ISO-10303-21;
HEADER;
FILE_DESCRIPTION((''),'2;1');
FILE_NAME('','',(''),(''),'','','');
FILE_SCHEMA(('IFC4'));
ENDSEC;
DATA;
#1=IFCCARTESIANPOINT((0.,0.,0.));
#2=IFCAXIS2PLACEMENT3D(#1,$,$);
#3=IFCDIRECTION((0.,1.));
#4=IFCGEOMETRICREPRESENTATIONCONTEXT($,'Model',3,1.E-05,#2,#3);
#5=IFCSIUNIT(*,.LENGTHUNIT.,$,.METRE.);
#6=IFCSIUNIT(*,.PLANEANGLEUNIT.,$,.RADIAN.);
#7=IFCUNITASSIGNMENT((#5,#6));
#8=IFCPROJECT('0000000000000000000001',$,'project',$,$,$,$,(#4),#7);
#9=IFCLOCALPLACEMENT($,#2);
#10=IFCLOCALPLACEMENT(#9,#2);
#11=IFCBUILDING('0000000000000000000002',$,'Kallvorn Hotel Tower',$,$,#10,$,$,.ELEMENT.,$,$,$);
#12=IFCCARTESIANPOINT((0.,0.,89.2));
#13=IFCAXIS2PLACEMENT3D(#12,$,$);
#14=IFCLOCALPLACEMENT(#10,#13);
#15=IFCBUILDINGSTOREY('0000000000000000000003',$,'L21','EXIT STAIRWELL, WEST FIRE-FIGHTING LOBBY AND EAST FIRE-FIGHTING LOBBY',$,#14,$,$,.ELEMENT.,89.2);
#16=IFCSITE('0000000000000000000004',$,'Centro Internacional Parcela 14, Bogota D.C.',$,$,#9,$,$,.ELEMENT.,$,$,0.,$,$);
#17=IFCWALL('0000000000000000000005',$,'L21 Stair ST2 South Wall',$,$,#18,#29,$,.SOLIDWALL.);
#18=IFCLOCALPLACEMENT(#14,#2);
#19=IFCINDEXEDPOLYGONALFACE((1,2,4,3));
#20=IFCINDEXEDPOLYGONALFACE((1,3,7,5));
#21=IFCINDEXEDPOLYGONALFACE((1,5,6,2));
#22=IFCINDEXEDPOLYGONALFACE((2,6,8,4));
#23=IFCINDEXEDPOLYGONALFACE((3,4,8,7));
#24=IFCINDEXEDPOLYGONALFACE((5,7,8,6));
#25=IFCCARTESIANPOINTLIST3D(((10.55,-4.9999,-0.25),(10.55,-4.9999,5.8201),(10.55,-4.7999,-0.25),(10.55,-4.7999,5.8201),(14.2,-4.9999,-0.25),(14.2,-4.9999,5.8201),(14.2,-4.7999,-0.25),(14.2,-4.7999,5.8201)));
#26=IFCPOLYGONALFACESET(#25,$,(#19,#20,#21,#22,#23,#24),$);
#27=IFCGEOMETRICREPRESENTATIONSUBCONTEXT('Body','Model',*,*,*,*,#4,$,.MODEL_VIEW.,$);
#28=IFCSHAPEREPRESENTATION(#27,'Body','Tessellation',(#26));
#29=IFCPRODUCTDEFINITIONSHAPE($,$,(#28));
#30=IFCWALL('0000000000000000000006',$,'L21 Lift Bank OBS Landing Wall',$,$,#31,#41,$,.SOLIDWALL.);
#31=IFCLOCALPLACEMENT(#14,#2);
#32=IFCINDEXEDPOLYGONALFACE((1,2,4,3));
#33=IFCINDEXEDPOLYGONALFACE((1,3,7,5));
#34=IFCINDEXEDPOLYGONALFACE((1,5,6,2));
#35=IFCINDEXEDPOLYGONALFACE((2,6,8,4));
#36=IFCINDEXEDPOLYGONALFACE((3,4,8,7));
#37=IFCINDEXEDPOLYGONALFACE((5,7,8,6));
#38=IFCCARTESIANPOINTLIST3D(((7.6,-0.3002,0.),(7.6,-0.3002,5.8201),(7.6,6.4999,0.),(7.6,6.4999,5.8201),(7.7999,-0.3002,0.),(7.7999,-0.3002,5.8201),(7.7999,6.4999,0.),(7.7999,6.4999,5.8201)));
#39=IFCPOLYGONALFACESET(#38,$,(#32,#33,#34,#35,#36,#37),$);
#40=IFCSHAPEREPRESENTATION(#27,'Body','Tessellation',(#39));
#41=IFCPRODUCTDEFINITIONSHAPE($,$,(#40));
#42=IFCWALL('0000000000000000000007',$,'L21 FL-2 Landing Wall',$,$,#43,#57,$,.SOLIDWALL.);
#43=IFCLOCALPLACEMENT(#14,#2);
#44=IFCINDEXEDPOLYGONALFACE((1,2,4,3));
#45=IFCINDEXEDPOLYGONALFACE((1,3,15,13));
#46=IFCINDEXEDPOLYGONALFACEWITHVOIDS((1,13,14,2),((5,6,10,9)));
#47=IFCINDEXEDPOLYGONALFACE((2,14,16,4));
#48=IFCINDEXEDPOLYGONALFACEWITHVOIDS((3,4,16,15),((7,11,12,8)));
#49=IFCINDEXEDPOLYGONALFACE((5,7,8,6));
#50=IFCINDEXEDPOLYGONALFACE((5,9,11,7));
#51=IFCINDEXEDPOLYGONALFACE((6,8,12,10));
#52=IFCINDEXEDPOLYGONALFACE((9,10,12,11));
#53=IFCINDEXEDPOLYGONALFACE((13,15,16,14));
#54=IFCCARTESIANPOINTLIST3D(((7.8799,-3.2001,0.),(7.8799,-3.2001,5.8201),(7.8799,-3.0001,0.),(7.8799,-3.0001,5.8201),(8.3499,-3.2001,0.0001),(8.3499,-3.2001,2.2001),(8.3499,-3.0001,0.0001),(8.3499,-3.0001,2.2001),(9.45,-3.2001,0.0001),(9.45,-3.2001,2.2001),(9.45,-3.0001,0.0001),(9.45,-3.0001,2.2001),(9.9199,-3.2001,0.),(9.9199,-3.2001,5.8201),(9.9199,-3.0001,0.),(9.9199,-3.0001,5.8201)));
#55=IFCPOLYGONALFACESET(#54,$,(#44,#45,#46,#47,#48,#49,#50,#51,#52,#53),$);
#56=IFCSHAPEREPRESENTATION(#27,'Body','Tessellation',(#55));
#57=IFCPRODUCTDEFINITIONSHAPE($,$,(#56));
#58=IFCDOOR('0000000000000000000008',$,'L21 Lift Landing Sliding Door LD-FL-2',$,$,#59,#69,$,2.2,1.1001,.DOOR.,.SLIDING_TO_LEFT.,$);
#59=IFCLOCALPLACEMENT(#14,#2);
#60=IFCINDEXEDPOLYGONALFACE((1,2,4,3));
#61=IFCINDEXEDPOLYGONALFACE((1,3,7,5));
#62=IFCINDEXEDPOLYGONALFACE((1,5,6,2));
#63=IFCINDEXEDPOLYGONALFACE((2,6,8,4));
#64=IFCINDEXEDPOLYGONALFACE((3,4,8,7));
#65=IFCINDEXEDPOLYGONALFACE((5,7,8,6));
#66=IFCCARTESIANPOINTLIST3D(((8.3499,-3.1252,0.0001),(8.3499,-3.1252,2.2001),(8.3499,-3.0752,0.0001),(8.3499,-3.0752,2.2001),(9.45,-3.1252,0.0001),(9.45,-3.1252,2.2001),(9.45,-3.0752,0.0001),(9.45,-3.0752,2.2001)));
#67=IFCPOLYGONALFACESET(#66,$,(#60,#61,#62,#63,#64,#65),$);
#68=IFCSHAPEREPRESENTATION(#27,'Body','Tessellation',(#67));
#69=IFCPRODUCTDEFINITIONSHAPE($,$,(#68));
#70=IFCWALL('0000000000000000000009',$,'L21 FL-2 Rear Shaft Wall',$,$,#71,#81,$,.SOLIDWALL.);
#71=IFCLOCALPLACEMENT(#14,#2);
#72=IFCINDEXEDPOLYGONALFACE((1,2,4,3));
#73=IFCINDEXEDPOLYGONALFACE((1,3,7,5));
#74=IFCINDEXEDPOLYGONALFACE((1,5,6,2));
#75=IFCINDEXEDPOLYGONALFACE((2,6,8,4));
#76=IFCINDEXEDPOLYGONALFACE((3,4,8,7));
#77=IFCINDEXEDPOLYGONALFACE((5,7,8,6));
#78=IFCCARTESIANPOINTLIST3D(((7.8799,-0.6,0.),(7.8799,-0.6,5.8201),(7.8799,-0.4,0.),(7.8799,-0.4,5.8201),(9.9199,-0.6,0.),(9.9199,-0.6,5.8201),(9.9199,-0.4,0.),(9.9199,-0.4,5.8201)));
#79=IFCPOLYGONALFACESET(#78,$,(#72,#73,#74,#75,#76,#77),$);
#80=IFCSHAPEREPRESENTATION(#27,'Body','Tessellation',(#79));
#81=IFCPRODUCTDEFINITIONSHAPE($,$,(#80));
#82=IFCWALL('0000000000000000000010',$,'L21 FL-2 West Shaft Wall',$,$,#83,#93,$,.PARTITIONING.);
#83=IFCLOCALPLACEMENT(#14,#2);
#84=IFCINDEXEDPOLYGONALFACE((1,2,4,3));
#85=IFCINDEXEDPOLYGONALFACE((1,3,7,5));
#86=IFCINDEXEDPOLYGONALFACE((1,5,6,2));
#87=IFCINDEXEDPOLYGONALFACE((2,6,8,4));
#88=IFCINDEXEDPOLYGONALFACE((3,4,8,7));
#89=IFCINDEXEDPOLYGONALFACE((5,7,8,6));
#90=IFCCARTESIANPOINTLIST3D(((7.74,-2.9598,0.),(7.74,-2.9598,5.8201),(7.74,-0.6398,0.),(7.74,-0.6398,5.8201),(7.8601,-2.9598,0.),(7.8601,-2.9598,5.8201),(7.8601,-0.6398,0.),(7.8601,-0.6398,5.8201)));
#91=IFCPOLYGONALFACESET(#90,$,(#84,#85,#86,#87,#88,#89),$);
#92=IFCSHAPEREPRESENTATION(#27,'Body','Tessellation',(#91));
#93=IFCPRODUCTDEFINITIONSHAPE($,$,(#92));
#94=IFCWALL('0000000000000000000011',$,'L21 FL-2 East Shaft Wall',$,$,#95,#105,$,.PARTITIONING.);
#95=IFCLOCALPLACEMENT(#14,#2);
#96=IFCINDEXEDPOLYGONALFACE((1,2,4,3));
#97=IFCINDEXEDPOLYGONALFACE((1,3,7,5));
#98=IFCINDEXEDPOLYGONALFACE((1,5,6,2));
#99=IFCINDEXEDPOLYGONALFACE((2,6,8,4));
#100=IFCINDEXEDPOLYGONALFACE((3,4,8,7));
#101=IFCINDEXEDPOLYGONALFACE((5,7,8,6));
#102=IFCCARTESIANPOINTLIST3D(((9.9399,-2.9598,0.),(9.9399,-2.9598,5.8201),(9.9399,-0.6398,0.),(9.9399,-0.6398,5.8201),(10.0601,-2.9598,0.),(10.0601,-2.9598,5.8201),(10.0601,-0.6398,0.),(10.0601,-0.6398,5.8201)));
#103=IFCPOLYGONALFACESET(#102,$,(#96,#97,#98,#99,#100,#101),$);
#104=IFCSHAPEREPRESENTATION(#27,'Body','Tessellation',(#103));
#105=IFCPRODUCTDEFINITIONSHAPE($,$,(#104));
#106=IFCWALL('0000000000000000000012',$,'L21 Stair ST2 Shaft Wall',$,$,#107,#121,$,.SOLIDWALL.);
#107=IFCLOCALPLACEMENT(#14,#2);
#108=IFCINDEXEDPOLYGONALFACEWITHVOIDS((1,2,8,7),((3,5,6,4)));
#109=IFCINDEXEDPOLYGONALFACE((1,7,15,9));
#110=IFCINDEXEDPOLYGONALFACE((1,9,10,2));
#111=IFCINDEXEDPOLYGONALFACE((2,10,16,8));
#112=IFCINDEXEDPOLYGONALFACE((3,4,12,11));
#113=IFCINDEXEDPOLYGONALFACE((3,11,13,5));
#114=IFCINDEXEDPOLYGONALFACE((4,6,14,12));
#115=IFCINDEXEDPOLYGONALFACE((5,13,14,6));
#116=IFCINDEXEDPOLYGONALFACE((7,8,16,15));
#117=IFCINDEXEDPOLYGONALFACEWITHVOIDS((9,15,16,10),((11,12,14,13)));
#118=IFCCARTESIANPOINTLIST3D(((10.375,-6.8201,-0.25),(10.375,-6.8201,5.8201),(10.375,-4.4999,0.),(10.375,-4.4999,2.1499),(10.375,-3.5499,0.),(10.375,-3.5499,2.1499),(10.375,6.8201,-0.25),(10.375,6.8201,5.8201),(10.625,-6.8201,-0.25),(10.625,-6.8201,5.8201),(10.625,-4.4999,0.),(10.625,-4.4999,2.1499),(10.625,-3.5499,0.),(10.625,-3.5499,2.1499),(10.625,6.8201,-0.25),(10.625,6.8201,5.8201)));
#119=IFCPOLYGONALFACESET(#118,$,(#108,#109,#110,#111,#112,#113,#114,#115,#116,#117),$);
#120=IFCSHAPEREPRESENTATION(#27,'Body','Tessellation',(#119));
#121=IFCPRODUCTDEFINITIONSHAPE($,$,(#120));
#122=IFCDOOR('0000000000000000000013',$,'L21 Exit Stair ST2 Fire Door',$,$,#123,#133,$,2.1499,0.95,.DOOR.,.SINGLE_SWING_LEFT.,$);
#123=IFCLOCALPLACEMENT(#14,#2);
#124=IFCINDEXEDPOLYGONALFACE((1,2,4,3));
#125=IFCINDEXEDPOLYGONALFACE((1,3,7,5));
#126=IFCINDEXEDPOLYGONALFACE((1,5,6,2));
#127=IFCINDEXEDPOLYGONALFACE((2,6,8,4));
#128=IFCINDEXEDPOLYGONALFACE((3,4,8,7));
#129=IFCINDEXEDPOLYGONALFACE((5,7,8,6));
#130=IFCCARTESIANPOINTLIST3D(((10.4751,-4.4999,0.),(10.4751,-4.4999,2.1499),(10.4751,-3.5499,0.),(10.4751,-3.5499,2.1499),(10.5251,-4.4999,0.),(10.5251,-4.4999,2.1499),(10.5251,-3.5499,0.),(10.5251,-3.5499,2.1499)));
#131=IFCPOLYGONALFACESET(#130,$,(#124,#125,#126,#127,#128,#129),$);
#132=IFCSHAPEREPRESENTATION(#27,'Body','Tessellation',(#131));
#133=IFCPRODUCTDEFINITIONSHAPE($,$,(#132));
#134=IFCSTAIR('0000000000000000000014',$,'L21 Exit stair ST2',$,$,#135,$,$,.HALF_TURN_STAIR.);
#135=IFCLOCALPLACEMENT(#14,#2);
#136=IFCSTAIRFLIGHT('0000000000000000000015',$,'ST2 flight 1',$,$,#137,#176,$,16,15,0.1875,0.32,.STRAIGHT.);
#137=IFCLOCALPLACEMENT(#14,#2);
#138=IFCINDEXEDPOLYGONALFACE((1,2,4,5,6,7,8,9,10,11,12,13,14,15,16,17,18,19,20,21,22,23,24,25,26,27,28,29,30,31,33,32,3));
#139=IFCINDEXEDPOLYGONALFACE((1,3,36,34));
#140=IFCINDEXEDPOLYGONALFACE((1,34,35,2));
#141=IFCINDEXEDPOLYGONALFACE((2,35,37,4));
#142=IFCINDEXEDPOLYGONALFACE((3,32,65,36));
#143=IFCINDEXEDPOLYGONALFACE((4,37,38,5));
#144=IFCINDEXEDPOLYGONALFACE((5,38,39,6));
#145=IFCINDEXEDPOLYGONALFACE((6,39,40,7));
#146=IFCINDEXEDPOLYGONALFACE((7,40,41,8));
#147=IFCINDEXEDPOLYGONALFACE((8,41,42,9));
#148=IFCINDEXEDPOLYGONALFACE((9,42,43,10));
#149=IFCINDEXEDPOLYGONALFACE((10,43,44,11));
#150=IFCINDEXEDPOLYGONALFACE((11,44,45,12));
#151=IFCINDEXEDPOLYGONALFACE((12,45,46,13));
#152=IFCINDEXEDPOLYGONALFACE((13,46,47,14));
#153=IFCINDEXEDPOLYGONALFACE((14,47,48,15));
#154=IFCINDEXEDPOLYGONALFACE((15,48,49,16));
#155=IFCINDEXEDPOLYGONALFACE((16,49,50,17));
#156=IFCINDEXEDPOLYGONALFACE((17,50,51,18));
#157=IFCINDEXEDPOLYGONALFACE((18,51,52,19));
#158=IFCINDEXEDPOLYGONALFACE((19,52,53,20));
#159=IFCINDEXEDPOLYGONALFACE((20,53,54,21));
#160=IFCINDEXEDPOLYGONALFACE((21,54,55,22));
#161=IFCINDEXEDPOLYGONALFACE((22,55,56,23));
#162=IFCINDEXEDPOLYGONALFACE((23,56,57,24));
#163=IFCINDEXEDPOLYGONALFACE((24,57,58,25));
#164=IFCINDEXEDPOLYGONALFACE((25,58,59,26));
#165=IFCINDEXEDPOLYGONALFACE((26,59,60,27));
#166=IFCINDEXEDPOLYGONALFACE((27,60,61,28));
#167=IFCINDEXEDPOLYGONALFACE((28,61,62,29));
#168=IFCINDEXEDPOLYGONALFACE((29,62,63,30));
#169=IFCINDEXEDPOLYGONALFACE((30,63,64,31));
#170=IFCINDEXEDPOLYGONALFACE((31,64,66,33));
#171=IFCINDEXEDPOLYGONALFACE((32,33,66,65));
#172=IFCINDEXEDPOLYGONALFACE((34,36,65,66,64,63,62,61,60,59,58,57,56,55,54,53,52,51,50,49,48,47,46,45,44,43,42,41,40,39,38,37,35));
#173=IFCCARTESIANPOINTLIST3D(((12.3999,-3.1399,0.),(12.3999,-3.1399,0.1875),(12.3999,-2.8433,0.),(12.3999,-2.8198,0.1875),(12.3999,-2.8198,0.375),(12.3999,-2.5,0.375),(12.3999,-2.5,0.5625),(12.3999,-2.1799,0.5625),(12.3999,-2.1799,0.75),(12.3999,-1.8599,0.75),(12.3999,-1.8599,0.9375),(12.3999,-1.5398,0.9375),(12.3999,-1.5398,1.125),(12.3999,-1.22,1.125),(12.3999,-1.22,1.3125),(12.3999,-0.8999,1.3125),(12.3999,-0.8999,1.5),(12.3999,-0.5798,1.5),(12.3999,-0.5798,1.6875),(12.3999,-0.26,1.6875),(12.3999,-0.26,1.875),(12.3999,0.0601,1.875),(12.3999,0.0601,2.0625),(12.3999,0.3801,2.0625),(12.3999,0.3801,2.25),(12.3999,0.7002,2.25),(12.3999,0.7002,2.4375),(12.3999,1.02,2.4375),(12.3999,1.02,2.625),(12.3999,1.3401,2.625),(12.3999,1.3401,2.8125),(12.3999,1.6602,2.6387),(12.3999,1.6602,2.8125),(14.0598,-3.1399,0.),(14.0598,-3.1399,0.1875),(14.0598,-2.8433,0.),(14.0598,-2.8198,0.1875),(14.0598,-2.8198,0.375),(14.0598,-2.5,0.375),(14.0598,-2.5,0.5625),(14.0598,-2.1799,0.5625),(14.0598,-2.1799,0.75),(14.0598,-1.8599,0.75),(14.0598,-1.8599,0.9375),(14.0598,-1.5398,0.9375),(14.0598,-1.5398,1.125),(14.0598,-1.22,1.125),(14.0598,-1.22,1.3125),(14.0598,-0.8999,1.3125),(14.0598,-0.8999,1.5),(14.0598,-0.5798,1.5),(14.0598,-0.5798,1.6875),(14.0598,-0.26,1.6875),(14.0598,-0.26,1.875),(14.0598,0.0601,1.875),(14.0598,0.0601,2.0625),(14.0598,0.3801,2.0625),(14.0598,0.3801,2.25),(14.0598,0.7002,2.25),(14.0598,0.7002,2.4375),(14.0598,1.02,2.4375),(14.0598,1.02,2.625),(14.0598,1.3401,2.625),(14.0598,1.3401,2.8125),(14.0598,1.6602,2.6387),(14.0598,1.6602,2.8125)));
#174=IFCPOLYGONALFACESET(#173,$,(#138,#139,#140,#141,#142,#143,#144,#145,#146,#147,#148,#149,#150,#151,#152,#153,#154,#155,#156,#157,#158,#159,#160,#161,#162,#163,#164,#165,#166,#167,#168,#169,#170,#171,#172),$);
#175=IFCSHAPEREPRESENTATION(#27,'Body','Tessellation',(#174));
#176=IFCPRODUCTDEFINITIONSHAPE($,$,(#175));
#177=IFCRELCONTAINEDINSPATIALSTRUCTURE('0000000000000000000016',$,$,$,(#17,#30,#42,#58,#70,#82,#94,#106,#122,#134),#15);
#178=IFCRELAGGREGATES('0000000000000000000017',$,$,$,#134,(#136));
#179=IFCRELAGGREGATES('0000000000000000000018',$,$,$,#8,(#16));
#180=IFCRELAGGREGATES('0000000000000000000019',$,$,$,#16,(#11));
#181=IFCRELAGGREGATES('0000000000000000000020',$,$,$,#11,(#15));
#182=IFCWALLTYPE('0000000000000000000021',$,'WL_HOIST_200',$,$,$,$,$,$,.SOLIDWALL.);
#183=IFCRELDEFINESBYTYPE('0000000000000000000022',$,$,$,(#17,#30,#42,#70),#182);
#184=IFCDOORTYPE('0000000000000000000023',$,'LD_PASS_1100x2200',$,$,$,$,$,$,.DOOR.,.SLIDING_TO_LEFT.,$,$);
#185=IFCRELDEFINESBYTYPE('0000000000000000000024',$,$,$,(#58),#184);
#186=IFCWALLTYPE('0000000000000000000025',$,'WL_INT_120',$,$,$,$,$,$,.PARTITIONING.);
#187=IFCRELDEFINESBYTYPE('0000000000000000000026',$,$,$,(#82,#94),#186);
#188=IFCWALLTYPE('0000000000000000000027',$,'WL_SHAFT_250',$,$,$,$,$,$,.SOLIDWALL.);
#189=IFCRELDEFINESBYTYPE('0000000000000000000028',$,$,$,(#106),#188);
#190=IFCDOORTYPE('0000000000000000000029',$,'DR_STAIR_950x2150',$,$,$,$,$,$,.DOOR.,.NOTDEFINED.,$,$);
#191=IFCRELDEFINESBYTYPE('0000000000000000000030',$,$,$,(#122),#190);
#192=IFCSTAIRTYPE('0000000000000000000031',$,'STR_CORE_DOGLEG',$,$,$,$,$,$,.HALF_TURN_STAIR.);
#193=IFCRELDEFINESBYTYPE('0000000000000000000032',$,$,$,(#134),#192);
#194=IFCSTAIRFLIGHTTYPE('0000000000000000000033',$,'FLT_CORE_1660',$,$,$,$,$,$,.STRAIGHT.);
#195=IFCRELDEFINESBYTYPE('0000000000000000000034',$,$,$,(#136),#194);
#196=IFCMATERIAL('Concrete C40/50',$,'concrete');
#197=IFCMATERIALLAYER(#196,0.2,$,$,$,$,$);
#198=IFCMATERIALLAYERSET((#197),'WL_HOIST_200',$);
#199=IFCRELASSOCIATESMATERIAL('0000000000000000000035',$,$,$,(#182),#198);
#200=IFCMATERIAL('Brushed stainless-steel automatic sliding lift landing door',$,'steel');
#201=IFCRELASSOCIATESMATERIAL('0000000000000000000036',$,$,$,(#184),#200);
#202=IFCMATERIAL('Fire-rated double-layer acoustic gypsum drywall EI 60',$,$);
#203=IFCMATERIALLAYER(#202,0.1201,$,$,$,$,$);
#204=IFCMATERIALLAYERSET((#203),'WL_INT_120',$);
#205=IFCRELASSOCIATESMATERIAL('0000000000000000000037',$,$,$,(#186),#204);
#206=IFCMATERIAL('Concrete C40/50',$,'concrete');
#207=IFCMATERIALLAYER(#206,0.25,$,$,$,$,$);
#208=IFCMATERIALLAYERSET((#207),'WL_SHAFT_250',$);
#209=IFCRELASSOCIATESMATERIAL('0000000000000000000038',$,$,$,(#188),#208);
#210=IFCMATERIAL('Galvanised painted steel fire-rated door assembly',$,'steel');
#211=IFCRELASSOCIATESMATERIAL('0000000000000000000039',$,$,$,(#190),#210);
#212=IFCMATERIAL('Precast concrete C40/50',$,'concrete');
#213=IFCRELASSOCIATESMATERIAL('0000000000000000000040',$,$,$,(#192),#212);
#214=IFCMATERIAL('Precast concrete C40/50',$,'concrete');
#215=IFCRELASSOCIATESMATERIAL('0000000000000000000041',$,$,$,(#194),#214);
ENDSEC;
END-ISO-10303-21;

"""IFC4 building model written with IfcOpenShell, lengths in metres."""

from ifc_helpers import new_model, si_unit, direction, frame, frame_2d, origin, place, context, subcontext, project, spatial, polyline, rectangle, outline, extrude, material, layer, layer_set, type_object, element, fill, aggregate, save


model = new_model("IFC4")

# Units and contexts
model_context = context("Model", 3, precision=1e-05, world=origin(), true_north=direction((0.0, 1.0)))
body_context = subcontext(model_context, "Body", "Model", "MODEL_VIEW")
ifc_project = project(units=[si_unit("LENGTHUNIT", "METRE"), si_unit("PLANEANGLEUNIT", "RADIAN")], contexts=[model_context])

# Site, building, storey
site_placement = place(None, origin())
site = spatial("IfcSite", under=ifc_project, at=site_placement, Name="Centro Internacional Parcela 14, Bogota D.C.", CompositionType="ELEMENT", RefElevation=0.0)
building_placement = place(site_placement, origin())
building = spatial("IfcBuilding", under=site, at=building_placement, Name="Kallvorn Hotel Tower", CompositionType="ELEMENT")
storey_placement = place(building_placement, frame((0.0, 0.0, 89.2)))
storey = spatial("IfcBuildingStorey", under=building, at=storey_placement, Name="L21", Description="EXIT STAIRWELL, WEST FIRE-FIGHTING LOBBY AND EAST FIRE-FIGHTING LOBBY", CompositionType="ELEMENT", Elevation=89.2)

# Walls
ifc_material_1 = material(Name="Concrete C40/50", Category="concrete")
ifc_layer_1 = layer(ifc_material_1, 0.2)
ifc_layer_set_1 = layer_set([ifc_layer_1], Name="WL_HOIST_200")
wall_type_1 = type_object("IfcWallType", Name="WL_HOIST_200", PredefinedType="SOLIDWALL", material=ifc_layer_set_1)
wall_1_placement = place(storey_placement, frame((10.55, -4.8999, -0.25), z_axis=(0.0, 0.0, 1.0), x_axis=(1.0, 0.0, 0.0)))
element("IfcWall", 1, at=wall_1_placement, inside=storey, type_object=wall_type_1, Name="L21 Stair ST2 South Wall", PredefinedType="SOLIDWALL", context=body_context, shape_type="SweptSolid", body=[
    extrude(rectangle(XDim=3.6499, YDim=0.2, at=frame_2d((1.825, 0.0))), origin(), (0.0, 0.0, 1.0), 6.0701),
])
wall_2_placement = place(storey_placement, frame((7.7, -0.3, 0.0), z_axis=(0.0, 0.0, 1.0), x_axis=(0.0, 1.0, 0.0)))
element("IfcWall", 2, at=wall_2_placement, inside=storey, type_object=wall_type_1, Name="L21 Lift Bank OBS Landing Wall", PredefinedType="SOLIDWALL", context=body_context, shape_type="SweptSolid", body=[
    extrude(rectangle(XDim=6.8, YDim=0.2, at=frame_2d((3.3999, 0.0))), origin(), (0.0, 0.0, 1.0), 5.8201),
])

# Wall, opening, door
wall_3_placement = place(storey_placement, frame((7.8799, -3.1001, 0.0), z_axis=(0.0, 0.0, 1.0), x_axis=(1.0, 0.0, 0.0)))
wall_3 = element("IfcWall", 3, at=wall_3_placement, inside=storey, type_object=wall_type_1, Name="L21 FL-2 Landing Wall", PredefinedType="SOLIDWALL", context=body_context, shape_type="SweptSolid", body=[
    extrude(rectangle(XDim=2.04, YDim=0.2, at=frame_2d((1.02, 0.0))), origin(), (0.0, 0.0, 1.0), 5.8201),
])
opening_1_placement = place(wall_3_placement, frame((0.47, 0.0, 0.0)))
opening_1 = element("IfcOpeningElement", 4, at=opening_1_placement, cuts=wall_3, PredefinedType="OPENING", context=body_context, shape_type="SweptSolid", body=[
    extrude(rectangle(XDim=1.1001, YDim=2.2, at=frame_2d((0.55, 1.1001))), frame((0.0, 0.115, 0.0), z_axis=(0.0, -1.0, 0.0), x_axis=(1.0, 0.0, 0.0)), (0.0, 0.0, 1.0), 0.23),
])
ifc_material_2 = material(Name="Brushed stainless-steel automatic sliding lift landing door", Category="steel")
door_type_1 = type_object("IfcDoorType", Name="LD_PASS_1100x2200", OperationType="SLIDING_TO_LEFT", PredefinedType="DOOR", material=ifc_material_2)
door_1_placement = place(opening_1_placement, origin())
door_1 = element("IfcDoor", 5, at=door_1_placement, inside=storey, type_object=door_type_1, Name="L21 Lift Landing Sliding Door LD-FL-2", OperationType="SLIDING_TO_LEFT", OverallHeight=2.2, OverallWidth=1.1001, PredefinedType="DOOR", context=body_context, shape_type="SweptSolid", body=[
    extrude(rectangle(XDim=1.1001, YDim=2.2, at=frame_2d((0.55, 1.1001))), frame((0.0, 0.0249, 0.0), z_axis=(0.0, -1.0, 0.0), x_axis=(1.0, 0.0, 0.0)), (0.0, 0.0, 1.0), 0.05),
])
fill(opening_1, door_1)

# Walls
wall_4_placement = place(storey_placement, frame((7.8799, -0.5, 0.0), z_axis=(0.0, 0.0, 1.0), x_axis=(1.0, 0.0, 0.0)))
element("IfcWall", 6, at=wall_4_placement, inside=storey, type_object=wall_type_1, Name="L21 FL-2 Rear Shaft Wall", PredefinedType="SOLIDWALL", context=body_context, shape_type="SweptSolid", body=[
    extrude(rectangle(XDim=2.04, YDim=0.2, at=frame_2d((1.02, 0.0))), origin(), (0.0, 0.0, 1.0), 5.8201),
])
ifc_material_3 = material(Name="Fire-rated double-layer acoustic gypsum drywall EI 60")
ifc_layer_2 = layer(ifc_material_3, 0.1201)
ifc_layer_set_2 = layer_set([ifc_layer_2], Name="WL_INT_120")
wall_type_2 = type_object("IfcWallType", Name="WL_INT_120", PredefinedType="PARTITIONING", material=ifc_layer_set_2)
for number, where, z_axis, x_axis, name in (
    (7, (7.8, -2.96, 0.0), (0.0, 0.0, 1.0), (0.0, 1.0, 0.0), "L21 FL-2 West Shaft Wall"),
    (8, (10.0, -2.96, 0.0), (0.0, 0.0, 1.0), (0.0, 1.0, 0.0), "L21 FL-2 East Shaft Wall"),
):
    element("IfcWall", number, at=place(storey_placement, frame(where, z_axis=z_axis, x_axis=x_axis)), inside=storey, type_object=wall_type_2, Name=name, PredefinedType="PARTITIONING", context=body_context, shape_type="SweptSolid", body=[
        extrude(rectangle(XDim=2.3201, YDim=0.1201, at=frame_2d((1.1602, 0.0))), origin(), (0.0, 0.0, 1.0), 5.8201),
    ])

# Wall, opening, door
ifc_material_4 = material(Name="Concrete C40/50", Category="concrete")
ifc_layer_3 = layer(ifc_material_4, 0.25)
ifc_layer_set_3 = layer_set([ifc_layer_3], Name="WL_SHAFT_250")
wall_type_3 = type_object("IfcWallType", Name="WL_SHAFT_250", PredefinedType="SOLIDWALL", material=ifc_layer_set_3)
wall_5_placement = place(storey_placement, frame((10.5, -6.8201, -0.25), z_axis=(0.0, 0.0, 1.0), x_axis=(0.0, 1.0, 0.0)))
wall_5 = element("IfcWall", 9, at=wall_5_placement, inside=storey, type_object=wall_type_3, Name="L21 Stair ST2 Shaft Wall", PredefinedType="SOLIDWALL", context=body_context, shape_type="SweptSolid", body=[
    extrude(rectangle(XDim=13.6401, YDim=0.25, at=frame_2d((6.8201, 0.0))), origin(), (0.0, 0.0, 1.0), 6.0701),
])
opening_2_placement = place(wall_5_placement, frame((2.3201, 0.0, 0.25)))
opening_2 = element("IfcOpeningElement", 10, at=opening_2_placement, cuts=wall_5, PredefinedType="OPENING", context=body_context, shape_type="SweptSolid", body=[
    extrude(rectangle(XDim=0.95, YDim=2.1499, at=frame_2d((0.4751, 1.075))), frame((0.0, 0.1399, 0.0), z_axis=(0.0, -1.0, 0.0), x_axis=(1.0, 0.0, 0.0)), (0.0, 0.0, 1.0), 0.28),
])
ifc_material_5 = material(Name="Galvanised painted steel fire-rated door assembly", Category="steel")
door_type_2 = type_object("IfcDoorType", Name="DR_STAIR_950x2150", OperationType="NOTDEFINED", PredefinedType="DOOR", material=ifc_material_5)
door_2_placement = place(opening_2_placement, origin())
door_2 = element("IfcDoor", 11, at=door_2_placement, inside=storey, type_object=door_type_2, Name="L21 Exit Stair ST2 Fire Door", OperationType="SINGLE_SWING_LEFT", OverallHeight=2.1499, OverallWidth=0.95, PredefinedType="DOOR", context=body_context, shape_type="SweptSolid", body=[
    extrude(rectangle(XDim=0.95, YDim=2.1499, at=frame_2d((0.4751, 1.075))), frame((0.0, 0.0249, 0.0), z_axis=(0.0, -1.0, 0.0), x_axis=(1.0, 0.0, 0.0)), (0.0, 0.0, 1.0), 0.05),
])
fill(opening_2, door_2)

# Stair, stair flight
ifc_material_6 = material(Name="Precast concrete C40/50", Category="concrete")
stair_type = type_object("IfcStairType", Name="STR_CORE_DOGLEG", PredefinedType="HALF_TURN_STAIR", material=ifc_material_6)
stair_placement = place(storey_placement, origin())
stair = element("IfcStair", 12, at=stair_placement, inside=storey, type_object=stair_type, Name="L21 Exit stair ST2", PredefinedType="HALF_TURN_STAIR")
ifc_material_7 = material(Name="Precast concrete C40/50", Category="concrete")
stair_flight_type = type_object("IfcStairFlightType", Name="FLT_CORE_1660", PredefinedType="STRAIGHT", material=ifc_material_7)
stair_flight_placement = place(storey_placement, frame((13.23, -3.1399, 0.0), z_axis=(0.0, 0.0, 1.0), x_axis=(0.0, 1.0, 0.0)))
stair_flight = element("IfcStairFlight", 13, at=stair_flight_placement, type_object=stair_flight_type, Name="ST2 flight 1", NumberOfRisers=16, NumberOfTreads=15, PredefinedType="STRAIGHT", RiserHeight=0.1875, TreadLength=0.32, context=body_context, shape_type="SweptSolid", body=[
    extrude(outline(polyline([(0.0, 0.0), (0.0, 0.1875), (0.3201, 0.1875), (0.3201, 0.375), (0.6399, 0.375), (0.6399, 0.5625), (0.96, 0.5625), (0.96, 0.75), (1.28, 0.75), (1.28, 0.9375), (1.6001, 0.9375), (1.6001, 1.125), (1.9199, 1.125), (1.9199, 1.3125), (2.24, 1.3125), (2.24, 1.5), (2.5601, 1.5), (2.5601, 1.6875), (2.8799, 1.6875), (2.8799, 1.875), (3.2, 1.875), (3.2, 2.0625), (3.52, 2.0625), (3.52, 2.25), (3.8401, 2.25), (3.8401, 2.4375), (4.1599, 2.4375), (4.1599, 2.625), (4.48, 2.625), (4.48, 2.8125), (4.8, 2.8125), (4.8, 3.0), (4.8, 2.6387), (0.2966, 0.0), (0.0, 0.0)])), frame((0.0, 0.8301, 0.0), z_axis=(0.0, -1.0, 0.0), x_axis=(1.0, 0.0, 0.0)), (0.0, 0.0, 1.0), 1.6599),
])
aggregate(stair, [stair_flight])

save(model, "model.ifc")
